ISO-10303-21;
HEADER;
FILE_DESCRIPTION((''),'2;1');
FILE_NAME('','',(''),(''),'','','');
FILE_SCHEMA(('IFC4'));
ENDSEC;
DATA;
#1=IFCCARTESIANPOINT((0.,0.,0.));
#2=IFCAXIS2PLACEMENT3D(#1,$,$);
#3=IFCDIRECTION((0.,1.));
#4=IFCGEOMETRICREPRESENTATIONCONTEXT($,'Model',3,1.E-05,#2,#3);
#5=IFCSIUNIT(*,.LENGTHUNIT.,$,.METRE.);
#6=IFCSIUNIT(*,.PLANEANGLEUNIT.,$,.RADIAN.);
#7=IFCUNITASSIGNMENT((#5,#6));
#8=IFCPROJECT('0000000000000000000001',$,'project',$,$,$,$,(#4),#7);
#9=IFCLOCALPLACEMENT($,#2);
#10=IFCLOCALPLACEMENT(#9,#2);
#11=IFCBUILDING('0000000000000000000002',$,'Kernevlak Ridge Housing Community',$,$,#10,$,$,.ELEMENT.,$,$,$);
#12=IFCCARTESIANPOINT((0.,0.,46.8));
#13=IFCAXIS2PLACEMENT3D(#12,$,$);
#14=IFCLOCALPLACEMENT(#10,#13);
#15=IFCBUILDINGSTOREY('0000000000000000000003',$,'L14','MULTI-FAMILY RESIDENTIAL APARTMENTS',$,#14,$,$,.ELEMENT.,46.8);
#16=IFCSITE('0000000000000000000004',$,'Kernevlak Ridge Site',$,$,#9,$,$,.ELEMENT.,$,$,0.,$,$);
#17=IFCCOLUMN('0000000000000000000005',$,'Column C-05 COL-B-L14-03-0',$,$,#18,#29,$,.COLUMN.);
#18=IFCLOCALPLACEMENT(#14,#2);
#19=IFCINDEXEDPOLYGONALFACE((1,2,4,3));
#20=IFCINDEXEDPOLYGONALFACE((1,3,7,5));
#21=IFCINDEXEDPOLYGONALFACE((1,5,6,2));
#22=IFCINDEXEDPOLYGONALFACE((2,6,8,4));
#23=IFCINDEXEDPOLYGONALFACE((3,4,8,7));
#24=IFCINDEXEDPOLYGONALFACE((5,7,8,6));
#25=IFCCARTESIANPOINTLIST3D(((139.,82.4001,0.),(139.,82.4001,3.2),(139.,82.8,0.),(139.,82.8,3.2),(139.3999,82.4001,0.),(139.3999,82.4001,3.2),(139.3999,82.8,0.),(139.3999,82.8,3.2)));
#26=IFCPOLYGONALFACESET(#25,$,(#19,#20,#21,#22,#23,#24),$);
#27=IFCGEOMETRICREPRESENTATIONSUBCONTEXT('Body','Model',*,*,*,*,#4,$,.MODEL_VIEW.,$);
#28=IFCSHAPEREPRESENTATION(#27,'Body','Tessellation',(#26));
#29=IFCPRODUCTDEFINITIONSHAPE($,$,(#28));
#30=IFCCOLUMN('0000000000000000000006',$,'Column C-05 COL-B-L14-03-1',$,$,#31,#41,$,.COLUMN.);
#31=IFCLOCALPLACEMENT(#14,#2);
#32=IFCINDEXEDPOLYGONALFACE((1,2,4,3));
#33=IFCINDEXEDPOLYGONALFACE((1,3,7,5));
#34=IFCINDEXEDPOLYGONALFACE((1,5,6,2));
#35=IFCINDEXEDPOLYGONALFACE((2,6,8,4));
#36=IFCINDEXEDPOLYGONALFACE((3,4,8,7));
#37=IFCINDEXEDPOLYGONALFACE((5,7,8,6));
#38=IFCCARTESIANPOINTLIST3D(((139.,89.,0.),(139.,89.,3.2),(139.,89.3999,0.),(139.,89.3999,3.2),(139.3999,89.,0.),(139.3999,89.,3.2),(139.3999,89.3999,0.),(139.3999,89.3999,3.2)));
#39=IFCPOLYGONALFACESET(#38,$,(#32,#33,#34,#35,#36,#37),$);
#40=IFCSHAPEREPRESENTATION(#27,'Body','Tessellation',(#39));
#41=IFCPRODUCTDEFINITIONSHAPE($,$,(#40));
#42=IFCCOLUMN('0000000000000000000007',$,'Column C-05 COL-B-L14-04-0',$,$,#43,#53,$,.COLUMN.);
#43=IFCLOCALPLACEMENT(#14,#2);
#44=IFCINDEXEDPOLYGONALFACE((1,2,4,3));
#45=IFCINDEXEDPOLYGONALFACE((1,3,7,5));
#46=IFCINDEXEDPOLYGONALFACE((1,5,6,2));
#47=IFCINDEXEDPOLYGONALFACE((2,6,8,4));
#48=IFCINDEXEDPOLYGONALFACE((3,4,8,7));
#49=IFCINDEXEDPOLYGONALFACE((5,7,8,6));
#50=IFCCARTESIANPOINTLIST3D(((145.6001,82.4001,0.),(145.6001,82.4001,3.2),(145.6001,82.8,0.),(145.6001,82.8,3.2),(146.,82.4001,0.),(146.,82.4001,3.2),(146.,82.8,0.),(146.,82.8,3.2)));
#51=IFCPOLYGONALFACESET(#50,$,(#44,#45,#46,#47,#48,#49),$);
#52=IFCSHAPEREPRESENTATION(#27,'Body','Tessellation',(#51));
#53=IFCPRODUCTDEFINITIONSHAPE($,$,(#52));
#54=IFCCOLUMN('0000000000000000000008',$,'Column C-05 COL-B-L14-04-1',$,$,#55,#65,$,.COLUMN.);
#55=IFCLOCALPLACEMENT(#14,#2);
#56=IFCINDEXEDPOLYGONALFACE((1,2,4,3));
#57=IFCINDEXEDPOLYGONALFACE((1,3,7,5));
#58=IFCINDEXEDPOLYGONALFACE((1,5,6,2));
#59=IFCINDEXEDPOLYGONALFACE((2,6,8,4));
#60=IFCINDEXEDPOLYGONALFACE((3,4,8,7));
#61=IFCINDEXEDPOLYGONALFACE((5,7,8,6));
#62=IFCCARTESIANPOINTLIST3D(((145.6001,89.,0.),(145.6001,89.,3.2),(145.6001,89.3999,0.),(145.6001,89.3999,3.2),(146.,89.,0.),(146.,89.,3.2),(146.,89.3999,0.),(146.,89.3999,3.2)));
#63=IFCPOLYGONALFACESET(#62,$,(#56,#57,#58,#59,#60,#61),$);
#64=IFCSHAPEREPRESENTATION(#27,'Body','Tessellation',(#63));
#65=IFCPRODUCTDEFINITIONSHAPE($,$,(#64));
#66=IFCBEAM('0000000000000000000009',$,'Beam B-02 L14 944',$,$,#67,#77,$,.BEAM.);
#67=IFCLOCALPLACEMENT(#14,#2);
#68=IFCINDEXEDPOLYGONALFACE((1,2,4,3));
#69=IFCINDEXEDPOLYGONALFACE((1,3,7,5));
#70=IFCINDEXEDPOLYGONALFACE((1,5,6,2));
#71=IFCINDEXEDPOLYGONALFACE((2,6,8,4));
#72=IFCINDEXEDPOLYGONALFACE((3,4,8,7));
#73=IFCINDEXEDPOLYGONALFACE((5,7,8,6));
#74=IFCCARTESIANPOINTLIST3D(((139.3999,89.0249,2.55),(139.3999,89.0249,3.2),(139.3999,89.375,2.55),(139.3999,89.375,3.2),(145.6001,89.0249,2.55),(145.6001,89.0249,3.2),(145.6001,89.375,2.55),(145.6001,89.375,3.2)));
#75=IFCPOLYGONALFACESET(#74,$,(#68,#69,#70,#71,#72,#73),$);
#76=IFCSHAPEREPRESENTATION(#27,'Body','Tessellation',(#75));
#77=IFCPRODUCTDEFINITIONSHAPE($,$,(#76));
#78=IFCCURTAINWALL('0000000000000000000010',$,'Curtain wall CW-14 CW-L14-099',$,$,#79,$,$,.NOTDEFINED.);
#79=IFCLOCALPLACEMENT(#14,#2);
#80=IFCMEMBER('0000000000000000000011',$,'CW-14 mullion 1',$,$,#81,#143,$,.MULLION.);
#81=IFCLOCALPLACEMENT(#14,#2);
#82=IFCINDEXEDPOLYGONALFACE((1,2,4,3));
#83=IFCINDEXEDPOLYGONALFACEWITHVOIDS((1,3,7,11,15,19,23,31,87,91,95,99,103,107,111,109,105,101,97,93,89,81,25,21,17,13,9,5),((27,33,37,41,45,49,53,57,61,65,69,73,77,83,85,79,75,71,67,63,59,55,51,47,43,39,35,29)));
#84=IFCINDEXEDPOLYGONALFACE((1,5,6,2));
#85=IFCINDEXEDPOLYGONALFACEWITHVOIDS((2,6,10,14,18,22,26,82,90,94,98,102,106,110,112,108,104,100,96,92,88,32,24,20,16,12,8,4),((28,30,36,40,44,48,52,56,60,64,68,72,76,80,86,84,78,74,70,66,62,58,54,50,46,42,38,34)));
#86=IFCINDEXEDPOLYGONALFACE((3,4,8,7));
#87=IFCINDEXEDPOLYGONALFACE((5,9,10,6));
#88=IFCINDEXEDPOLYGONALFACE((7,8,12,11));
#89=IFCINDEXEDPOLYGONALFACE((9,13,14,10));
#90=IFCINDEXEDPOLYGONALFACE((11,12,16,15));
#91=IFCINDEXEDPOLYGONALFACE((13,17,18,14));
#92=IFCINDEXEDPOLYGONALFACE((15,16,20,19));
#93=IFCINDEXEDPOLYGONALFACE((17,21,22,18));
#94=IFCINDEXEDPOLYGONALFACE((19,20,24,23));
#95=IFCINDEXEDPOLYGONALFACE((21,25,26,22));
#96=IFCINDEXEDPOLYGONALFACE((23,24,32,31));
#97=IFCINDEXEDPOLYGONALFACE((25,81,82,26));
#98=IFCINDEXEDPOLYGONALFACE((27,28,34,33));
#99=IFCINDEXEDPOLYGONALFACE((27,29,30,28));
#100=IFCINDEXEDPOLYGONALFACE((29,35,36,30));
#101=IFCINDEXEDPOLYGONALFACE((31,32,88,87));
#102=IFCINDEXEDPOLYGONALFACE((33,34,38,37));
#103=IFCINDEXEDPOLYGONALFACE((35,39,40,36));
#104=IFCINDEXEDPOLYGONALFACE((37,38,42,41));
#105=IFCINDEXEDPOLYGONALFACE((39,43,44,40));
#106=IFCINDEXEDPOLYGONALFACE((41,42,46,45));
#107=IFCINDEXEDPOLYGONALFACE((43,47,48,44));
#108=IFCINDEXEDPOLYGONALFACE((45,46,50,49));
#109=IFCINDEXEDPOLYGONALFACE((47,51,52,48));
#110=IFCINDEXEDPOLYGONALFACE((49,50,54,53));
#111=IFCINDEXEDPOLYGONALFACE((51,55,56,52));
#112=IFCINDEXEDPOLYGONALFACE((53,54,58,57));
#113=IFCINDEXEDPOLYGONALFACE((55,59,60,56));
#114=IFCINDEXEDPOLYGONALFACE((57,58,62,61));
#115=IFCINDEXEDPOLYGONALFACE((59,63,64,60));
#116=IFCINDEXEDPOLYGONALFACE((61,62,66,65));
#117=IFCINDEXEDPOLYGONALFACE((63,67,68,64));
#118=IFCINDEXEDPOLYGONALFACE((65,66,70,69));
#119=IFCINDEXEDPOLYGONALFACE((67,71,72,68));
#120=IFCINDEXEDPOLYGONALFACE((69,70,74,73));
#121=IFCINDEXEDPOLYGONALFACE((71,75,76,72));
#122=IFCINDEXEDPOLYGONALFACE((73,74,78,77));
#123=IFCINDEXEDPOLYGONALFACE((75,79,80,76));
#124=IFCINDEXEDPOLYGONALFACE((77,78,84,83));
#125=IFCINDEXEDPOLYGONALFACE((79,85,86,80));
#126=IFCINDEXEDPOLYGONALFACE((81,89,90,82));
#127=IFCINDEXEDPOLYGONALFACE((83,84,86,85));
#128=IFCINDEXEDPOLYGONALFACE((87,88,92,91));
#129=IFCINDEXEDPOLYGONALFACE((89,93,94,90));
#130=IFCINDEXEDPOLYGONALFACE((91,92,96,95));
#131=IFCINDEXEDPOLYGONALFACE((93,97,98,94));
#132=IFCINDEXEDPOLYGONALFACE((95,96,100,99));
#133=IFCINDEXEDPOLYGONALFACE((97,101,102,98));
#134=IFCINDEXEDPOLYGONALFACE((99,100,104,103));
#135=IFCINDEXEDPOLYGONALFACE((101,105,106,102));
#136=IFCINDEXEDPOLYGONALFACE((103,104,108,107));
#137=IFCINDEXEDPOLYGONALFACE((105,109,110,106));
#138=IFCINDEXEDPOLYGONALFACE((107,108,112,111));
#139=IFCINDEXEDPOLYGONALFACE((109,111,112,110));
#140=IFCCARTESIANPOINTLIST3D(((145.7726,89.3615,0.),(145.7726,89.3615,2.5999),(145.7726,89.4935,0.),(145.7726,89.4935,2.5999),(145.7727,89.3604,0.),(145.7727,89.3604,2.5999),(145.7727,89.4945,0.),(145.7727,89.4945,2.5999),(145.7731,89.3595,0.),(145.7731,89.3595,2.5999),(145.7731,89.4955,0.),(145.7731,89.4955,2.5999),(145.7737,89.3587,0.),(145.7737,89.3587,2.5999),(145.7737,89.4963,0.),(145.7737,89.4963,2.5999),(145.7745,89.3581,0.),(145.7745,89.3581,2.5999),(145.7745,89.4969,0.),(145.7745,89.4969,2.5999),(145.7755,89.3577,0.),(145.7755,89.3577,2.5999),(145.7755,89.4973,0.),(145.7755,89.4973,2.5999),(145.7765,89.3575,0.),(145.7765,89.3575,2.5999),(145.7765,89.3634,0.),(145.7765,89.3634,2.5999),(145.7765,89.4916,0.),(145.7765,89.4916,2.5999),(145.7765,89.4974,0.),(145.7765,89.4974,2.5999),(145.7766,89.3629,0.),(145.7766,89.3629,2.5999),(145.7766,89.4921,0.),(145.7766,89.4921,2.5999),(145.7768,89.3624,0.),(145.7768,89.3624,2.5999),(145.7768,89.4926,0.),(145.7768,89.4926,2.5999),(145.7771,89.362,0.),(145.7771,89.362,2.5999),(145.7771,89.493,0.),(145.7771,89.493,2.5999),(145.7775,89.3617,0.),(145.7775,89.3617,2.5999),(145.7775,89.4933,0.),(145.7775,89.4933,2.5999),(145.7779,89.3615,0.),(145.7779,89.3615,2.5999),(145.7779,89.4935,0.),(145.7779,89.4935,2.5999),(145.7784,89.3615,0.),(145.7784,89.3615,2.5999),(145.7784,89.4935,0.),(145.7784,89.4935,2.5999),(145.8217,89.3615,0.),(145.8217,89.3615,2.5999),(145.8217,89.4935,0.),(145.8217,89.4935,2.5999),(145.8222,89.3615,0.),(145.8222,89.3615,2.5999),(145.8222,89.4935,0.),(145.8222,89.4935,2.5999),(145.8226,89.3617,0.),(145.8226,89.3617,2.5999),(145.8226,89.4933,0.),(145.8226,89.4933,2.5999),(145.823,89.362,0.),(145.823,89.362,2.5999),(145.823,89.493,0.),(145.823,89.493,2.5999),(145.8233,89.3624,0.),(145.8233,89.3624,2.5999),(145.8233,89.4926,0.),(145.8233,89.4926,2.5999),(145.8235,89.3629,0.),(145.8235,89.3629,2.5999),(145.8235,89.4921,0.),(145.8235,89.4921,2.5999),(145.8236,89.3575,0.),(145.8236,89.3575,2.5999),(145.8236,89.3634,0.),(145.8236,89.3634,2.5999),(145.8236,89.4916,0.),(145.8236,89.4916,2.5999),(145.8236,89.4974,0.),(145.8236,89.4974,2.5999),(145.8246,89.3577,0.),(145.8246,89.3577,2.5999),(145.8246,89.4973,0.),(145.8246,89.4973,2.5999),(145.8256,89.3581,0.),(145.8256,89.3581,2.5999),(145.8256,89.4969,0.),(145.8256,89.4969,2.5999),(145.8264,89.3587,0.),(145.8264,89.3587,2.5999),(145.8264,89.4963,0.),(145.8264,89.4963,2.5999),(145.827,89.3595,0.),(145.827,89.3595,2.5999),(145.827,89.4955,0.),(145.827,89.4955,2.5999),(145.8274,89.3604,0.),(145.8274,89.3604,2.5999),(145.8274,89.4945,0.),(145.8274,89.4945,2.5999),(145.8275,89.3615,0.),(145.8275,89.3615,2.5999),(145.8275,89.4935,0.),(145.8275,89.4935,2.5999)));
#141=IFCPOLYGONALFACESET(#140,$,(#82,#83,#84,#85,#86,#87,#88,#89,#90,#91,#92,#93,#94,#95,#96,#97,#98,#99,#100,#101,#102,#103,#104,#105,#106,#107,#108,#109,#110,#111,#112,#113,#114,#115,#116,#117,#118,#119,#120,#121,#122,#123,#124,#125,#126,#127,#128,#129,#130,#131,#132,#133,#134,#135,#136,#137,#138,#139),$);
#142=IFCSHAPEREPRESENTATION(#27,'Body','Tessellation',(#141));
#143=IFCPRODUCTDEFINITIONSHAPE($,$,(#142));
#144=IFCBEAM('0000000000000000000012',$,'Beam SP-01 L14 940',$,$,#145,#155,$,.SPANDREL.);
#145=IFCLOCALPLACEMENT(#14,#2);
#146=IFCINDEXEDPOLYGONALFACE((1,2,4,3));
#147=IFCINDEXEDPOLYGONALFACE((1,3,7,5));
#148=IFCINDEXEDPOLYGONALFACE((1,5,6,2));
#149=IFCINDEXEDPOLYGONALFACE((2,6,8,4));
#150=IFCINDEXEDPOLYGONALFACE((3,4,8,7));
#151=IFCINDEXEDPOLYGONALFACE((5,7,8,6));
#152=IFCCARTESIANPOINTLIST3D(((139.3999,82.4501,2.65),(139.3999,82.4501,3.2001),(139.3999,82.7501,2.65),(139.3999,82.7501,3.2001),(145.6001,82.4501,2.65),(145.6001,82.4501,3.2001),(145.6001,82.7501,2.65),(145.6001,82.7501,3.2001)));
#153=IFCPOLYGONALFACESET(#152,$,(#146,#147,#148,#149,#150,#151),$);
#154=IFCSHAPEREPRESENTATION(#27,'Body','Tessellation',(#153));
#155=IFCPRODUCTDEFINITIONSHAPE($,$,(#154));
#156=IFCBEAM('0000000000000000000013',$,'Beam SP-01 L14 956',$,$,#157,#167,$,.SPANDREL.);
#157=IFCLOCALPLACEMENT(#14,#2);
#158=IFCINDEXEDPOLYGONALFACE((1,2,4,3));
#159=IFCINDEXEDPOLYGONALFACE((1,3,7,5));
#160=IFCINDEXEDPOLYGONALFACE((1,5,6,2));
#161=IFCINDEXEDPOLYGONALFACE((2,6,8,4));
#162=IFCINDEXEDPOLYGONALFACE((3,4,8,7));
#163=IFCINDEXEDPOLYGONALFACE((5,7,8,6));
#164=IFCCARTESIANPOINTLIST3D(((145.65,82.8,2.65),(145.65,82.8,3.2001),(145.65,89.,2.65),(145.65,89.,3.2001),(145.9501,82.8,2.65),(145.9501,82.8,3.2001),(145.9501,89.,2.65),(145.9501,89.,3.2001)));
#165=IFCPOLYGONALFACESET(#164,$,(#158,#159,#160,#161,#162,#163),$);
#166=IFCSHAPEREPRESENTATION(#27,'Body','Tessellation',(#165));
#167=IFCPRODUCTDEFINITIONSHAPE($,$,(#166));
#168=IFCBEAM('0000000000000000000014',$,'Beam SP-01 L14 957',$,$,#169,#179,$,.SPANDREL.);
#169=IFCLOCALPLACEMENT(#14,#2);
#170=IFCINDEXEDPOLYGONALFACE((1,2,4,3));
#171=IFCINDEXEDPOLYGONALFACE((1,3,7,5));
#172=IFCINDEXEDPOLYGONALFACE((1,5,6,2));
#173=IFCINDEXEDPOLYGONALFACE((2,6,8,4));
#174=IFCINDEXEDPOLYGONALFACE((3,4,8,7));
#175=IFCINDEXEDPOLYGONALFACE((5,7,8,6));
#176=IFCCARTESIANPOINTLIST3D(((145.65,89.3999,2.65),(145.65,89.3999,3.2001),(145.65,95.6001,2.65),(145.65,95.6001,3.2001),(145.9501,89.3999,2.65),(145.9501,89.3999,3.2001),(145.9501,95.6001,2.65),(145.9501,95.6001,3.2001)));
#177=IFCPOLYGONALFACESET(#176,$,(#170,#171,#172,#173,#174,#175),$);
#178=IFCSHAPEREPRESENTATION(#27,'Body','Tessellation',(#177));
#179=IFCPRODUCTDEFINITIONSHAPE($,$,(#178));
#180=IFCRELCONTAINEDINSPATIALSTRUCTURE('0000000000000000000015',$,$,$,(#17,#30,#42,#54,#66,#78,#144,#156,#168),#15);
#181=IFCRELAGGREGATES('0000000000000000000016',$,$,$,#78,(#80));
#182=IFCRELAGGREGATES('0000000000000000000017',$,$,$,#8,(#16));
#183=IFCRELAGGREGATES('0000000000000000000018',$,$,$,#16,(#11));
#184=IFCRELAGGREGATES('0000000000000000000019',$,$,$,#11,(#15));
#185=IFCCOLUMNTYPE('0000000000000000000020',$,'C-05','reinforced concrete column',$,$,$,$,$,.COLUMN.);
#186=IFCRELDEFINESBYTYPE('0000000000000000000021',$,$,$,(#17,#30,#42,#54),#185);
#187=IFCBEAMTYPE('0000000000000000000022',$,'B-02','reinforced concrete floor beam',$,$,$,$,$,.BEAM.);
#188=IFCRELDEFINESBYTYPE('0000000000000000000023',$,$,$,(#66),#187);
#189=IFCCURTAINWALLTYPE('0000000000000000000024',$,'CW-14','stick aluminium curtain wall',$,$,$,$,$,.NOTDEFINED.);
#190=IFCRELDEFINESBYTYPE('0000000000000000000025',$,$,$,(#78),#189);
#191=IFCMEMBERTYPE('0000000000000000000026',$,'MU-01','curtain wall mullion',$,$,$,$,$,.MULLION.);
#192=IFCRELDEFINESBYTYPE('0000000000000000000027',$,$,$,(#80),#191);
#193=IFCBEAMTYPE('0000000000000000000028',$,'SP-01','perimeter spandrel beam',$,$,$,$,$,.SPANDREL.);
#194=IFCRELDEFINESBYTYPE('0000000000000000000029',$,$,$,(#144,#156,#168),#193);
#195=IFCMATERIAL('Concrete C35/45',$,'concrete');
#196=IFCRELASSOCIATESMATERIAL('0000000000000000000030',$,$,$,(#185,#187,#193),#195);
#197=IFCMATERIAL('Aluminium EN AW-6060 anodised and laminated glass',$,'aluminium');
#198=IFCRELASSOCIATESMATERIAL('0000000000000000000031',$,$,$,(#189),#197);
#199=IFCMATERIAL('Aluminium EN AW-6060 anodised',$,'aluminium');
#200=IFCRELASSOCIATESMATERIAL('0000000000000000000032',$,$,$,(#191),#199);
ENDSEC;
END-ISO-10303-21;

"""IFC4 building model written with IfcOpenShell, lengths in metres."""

from ifc_helpers import new_model, si_unit, direction, frame, origin, origin_2d, place, context, subcontext, project, spatial, rectangle, hollow_rectangle, extrude, material, material_profile, profile_set, type_object, element, aggregate, save


model = new_model("IFC4")

# Units and contexts
model_context = context("Model", 3, precision=1e-05, world=origin(), true_north=direction((0.0, 1.0)))
body_context = subcontext(model_context, "Body", "Model", "MODEL_VIEW")
ifc_project = project(units=[si_unit("LENGTHUNIT", "METRE"), si_unit("PLANEANGLEUNIT", "RADIAN")], contexts=[model_context])

# Site, building, storey
site_placement = place(None, origin())
site = spatial("IfcSite", under=ifc_project, at=site_placement, Name="Kernevlak Ridge Site", CompositionType="ELEMENT", RefElevation=0.0)
building_placement = place(site_placement, origin())
building = spatial("IfcBuilding", under=site, at=building_placement, Name="Kernevlak Ridge Housing Community", CompositionType="ELEMENT")
storey_placement = place(building_placement, frame((0.0, 0.0, 46.8)))
storey = spatial("IfcBuildingStorey", under=building, at=storey_placement, Name="L14", Description="MULTI-FAMILY RESIDENTIAL APARTMENTS", CompositionType="ELEMENT", Elevation=46.8)

# Columns
ifc_material_1 = material(Name="Concrete C35/45", Category="concrete")
ifc_material_profile_1 = material_profile(ifc_material_1, rectangle(XDim=0.3999, YDim=0.3999, at=origin_2d()), Name="RC 400x400")
ifc_profile_set_1 = profile_set([ifc_material_profile_1], Name="Concrete C35/45")
column_type = type_object("IfcColumnType", Name="C-05", Description="reinforced concrete column", PredefinedType="COLUMN", material=ifc_profile_set_1)
for number, where, z_axis, x_axis, name in (
    (1, (139.2, 82.6001, 0.0), (0.0, 0.0, 1.0), (1.0, 0.0, 0.0), "Column C-05 COL-B-L14-03-0"),
    (2, (139.2, 89.2, 0.0), (0.0, 0.0, 1.0), (1.0, 0.0, 0.0), "Column C-05 COL-B-L14-03-1"),
    (3, (145.8, 82.6001, 0.0), (0.0, 0.0, 1.0), (1.0, 0.0, 0.0), "Column C-05 COL-B-L14-04-0"),
    (4, (145.8, 89.2, 0.0), (0.0, 0.0, 1.0), (1.0, 0.0, 0.0), "Column C-05 COL-B-L14-04-1"),
):
    element("IfcColumn", number, at=place(storey_placement, frame(where, z_axis=z_axis, x_axis=x_axis)), inside=storey, type_object=column_type, Name=name, PredefinedType="COLUMN", context=body_context, shape_type="SweptSolid", body=[
        extrude(rectangle(XDim=0.3999, YDim=0.3999, at=origin_2d()), origin(), (0.0, 0.0, 1.0), 3.2),
    ])

# Beam
ifc_material_profile_2 = material_profile(ifc_material_1, rectangle(XDim=0.3501, YDim=0.6499, at=origin_2d()), Name="RC 350x650")
ifc_profile_set_2 = profile_set([ifc_material_profile_2], Name="Concrete C35/45")
beam_type_1 = type_object("IfcBeamType", Name="B-02", Description="reinforced concrete floor beam", PredefinedType="BEAM", material=ifc_profile_set_2)
beam_1_placement = place(storey_placement, frame((139.3999, 89.2, 2.875), z_axis=(1.0, 0.0, 0.0), x_axis=(0.0, 1.0, 0.0)))
element("IfcBeam", 5, at=beam_1_placement, inside=storey, type_object=beam_type_1, Name="Beam B-02 L14 944", PredefinedType="BEAM", context=body_context, shape_type="SweptSolid", body=[
    extrude(rectangle(XDim=0.3501, YDim=0.6499, at=origin_2d()), origin(), (0.0, 0.0, 1.0), 6.2002),
])

# Curtain wall, member
ifc_material_2 = material(Name="Aluminium EN AW-6060 anodised and laminated glass", Category="aluminium")
curtain_wall_type = type_object("IfcCurtainWallType", Name="CW-14", Description="stick aluminium curtain wall", PredefinedType="NOTDEFINED", material=ifc_material_2)
curtain_wall_placement = place(storey_placement, origin())
curtain_wall = element("IfcCurtainWall", 6, at=curtain_wall_placement, inside=storey, type_object=curtain_wall_type, Name="Curtain wall CW-14 CW-L14-099", PredefinedType="NOTDEFINED")
ifc_material_3 = material(Name="Aluminium EN AW-6060 anodised", Category="aluminium")
ifc_material_profile_3 = material_profile(ifc_material_3, hollow_rectangle(XDim=0.0549, YDim=0.1399, WallThickness=0.0039, InnerFilletRadius=0.002, OuterFilletRadius=0.0039, at=origin_2d()), Name="ALU 55x140x4")
ifc_profile_set_3 = profile_set([ifc_material_profile_3], Name="Aluminium EN AW-6060 anodised")
member_type_1 = type_object("IfcMemberType", Name="MU-01", Description="curtain wall mullion", PredefinedType="MULLION", material=ifc_profile_set_3)
member_1_placement = place(storey_placement, frame((145.8, 89.4275, 0.0), z_axis=(0.0, 0.0, 1.0), x_axis=(-1.0, 0.0, 0.0)))
member_1 = element("IfcMember", 7, at=member_1_placement, type_object=member_type_1, Name="CW-14 mullion 1", PredefinedType="MULLION", context=body_context, shape_type="SweptSolid", body=[
    extrude(hollow_rectangle(XDim=0.0549, YDim=0.1399, WallThickness=0.0039, InnerFilletRadius=0.002, OuterFilletRadius=0.0039, at=origin_2d()), origin(), (0.0, 0.0, 1.0), 2.5999),
])

# Beams
ifc_material_profile_4 = material_profile(ifc_material_1, rectangle(XDim=0.3, YDim=0.55, at=origin_2d()), Name="RC 300x550")
ifc_profile_set_4 = profile_set([ifc_material_profile_4], Name="Concrete C35/45")
beam_type_2 = type_object("IfcBeamType", Name="SP-01", Description="perimeter spandrel beam", PredefinedType="SPANDREL", material=ifc_profile_set_4)
beam_2_placement = place(storey_placement, frame((139.3999, 82.6001, 2.925), z_axis=(1.0, 0.0, 0.0), x_axis=(0.0, 1.0, 0.0)))
element("IfcBeam", 8, at=beam_2_placement, inside=storey, type_object=beam_type_2, Name="Beam SP-01 L14 940", PredefinedType="SPANDREL", context=body_context, shape_type="SweptSolid", body=[
    extrude(rectangle(XDim=0.3, YDim=0.55, at=origin_2d()), origin(), (0.0, 0.0, 1.0), 6.2002),
])
beam_3_placement = place(storey_placement, frame((145.8, 82.8, 2.925), z_axis=(0.0, 1.0, 0.0), x_axis=(-1.0, 0.0, 0.0)))
element("IfcBeam", 9, at=beam_3_placement, inside=storey, type_object=beam_type_2, Name="Beam SP-01 L14 956", PredefinedType="SPANDREL", context=body_context, shape_type="SweptSolid", body=[
    extrude(rectangle(XDim=0.3, YDim=0.55, at=origin_2d()), origin(), (0.0, 0.0, 1.0), 6.2),
])
beam_4_placement = place(storey_placement, frame((145.8, 89.3999, 2.925), z_axis=(0.0, 1.0, 0.0), x_axis=(-1.0, 0.0, 0.0)))
element("IfcBeam", 10, at=beam_4_placement, inside=storey, type_object=beam_type_2, Name="Beam SP-01 L14 957", PredefinedType="SPANDREL", context=body_context, shape_type="SweptSolid", body=[
    extrude(rectangle(XDim=0.3, YDim=0.55, at=origin_2d()), origin(), (0.0, 0.0, 1.0), 6.2002),
])

aggregate(curtain_wall, [member_1])

save(model, "model.ifc")
